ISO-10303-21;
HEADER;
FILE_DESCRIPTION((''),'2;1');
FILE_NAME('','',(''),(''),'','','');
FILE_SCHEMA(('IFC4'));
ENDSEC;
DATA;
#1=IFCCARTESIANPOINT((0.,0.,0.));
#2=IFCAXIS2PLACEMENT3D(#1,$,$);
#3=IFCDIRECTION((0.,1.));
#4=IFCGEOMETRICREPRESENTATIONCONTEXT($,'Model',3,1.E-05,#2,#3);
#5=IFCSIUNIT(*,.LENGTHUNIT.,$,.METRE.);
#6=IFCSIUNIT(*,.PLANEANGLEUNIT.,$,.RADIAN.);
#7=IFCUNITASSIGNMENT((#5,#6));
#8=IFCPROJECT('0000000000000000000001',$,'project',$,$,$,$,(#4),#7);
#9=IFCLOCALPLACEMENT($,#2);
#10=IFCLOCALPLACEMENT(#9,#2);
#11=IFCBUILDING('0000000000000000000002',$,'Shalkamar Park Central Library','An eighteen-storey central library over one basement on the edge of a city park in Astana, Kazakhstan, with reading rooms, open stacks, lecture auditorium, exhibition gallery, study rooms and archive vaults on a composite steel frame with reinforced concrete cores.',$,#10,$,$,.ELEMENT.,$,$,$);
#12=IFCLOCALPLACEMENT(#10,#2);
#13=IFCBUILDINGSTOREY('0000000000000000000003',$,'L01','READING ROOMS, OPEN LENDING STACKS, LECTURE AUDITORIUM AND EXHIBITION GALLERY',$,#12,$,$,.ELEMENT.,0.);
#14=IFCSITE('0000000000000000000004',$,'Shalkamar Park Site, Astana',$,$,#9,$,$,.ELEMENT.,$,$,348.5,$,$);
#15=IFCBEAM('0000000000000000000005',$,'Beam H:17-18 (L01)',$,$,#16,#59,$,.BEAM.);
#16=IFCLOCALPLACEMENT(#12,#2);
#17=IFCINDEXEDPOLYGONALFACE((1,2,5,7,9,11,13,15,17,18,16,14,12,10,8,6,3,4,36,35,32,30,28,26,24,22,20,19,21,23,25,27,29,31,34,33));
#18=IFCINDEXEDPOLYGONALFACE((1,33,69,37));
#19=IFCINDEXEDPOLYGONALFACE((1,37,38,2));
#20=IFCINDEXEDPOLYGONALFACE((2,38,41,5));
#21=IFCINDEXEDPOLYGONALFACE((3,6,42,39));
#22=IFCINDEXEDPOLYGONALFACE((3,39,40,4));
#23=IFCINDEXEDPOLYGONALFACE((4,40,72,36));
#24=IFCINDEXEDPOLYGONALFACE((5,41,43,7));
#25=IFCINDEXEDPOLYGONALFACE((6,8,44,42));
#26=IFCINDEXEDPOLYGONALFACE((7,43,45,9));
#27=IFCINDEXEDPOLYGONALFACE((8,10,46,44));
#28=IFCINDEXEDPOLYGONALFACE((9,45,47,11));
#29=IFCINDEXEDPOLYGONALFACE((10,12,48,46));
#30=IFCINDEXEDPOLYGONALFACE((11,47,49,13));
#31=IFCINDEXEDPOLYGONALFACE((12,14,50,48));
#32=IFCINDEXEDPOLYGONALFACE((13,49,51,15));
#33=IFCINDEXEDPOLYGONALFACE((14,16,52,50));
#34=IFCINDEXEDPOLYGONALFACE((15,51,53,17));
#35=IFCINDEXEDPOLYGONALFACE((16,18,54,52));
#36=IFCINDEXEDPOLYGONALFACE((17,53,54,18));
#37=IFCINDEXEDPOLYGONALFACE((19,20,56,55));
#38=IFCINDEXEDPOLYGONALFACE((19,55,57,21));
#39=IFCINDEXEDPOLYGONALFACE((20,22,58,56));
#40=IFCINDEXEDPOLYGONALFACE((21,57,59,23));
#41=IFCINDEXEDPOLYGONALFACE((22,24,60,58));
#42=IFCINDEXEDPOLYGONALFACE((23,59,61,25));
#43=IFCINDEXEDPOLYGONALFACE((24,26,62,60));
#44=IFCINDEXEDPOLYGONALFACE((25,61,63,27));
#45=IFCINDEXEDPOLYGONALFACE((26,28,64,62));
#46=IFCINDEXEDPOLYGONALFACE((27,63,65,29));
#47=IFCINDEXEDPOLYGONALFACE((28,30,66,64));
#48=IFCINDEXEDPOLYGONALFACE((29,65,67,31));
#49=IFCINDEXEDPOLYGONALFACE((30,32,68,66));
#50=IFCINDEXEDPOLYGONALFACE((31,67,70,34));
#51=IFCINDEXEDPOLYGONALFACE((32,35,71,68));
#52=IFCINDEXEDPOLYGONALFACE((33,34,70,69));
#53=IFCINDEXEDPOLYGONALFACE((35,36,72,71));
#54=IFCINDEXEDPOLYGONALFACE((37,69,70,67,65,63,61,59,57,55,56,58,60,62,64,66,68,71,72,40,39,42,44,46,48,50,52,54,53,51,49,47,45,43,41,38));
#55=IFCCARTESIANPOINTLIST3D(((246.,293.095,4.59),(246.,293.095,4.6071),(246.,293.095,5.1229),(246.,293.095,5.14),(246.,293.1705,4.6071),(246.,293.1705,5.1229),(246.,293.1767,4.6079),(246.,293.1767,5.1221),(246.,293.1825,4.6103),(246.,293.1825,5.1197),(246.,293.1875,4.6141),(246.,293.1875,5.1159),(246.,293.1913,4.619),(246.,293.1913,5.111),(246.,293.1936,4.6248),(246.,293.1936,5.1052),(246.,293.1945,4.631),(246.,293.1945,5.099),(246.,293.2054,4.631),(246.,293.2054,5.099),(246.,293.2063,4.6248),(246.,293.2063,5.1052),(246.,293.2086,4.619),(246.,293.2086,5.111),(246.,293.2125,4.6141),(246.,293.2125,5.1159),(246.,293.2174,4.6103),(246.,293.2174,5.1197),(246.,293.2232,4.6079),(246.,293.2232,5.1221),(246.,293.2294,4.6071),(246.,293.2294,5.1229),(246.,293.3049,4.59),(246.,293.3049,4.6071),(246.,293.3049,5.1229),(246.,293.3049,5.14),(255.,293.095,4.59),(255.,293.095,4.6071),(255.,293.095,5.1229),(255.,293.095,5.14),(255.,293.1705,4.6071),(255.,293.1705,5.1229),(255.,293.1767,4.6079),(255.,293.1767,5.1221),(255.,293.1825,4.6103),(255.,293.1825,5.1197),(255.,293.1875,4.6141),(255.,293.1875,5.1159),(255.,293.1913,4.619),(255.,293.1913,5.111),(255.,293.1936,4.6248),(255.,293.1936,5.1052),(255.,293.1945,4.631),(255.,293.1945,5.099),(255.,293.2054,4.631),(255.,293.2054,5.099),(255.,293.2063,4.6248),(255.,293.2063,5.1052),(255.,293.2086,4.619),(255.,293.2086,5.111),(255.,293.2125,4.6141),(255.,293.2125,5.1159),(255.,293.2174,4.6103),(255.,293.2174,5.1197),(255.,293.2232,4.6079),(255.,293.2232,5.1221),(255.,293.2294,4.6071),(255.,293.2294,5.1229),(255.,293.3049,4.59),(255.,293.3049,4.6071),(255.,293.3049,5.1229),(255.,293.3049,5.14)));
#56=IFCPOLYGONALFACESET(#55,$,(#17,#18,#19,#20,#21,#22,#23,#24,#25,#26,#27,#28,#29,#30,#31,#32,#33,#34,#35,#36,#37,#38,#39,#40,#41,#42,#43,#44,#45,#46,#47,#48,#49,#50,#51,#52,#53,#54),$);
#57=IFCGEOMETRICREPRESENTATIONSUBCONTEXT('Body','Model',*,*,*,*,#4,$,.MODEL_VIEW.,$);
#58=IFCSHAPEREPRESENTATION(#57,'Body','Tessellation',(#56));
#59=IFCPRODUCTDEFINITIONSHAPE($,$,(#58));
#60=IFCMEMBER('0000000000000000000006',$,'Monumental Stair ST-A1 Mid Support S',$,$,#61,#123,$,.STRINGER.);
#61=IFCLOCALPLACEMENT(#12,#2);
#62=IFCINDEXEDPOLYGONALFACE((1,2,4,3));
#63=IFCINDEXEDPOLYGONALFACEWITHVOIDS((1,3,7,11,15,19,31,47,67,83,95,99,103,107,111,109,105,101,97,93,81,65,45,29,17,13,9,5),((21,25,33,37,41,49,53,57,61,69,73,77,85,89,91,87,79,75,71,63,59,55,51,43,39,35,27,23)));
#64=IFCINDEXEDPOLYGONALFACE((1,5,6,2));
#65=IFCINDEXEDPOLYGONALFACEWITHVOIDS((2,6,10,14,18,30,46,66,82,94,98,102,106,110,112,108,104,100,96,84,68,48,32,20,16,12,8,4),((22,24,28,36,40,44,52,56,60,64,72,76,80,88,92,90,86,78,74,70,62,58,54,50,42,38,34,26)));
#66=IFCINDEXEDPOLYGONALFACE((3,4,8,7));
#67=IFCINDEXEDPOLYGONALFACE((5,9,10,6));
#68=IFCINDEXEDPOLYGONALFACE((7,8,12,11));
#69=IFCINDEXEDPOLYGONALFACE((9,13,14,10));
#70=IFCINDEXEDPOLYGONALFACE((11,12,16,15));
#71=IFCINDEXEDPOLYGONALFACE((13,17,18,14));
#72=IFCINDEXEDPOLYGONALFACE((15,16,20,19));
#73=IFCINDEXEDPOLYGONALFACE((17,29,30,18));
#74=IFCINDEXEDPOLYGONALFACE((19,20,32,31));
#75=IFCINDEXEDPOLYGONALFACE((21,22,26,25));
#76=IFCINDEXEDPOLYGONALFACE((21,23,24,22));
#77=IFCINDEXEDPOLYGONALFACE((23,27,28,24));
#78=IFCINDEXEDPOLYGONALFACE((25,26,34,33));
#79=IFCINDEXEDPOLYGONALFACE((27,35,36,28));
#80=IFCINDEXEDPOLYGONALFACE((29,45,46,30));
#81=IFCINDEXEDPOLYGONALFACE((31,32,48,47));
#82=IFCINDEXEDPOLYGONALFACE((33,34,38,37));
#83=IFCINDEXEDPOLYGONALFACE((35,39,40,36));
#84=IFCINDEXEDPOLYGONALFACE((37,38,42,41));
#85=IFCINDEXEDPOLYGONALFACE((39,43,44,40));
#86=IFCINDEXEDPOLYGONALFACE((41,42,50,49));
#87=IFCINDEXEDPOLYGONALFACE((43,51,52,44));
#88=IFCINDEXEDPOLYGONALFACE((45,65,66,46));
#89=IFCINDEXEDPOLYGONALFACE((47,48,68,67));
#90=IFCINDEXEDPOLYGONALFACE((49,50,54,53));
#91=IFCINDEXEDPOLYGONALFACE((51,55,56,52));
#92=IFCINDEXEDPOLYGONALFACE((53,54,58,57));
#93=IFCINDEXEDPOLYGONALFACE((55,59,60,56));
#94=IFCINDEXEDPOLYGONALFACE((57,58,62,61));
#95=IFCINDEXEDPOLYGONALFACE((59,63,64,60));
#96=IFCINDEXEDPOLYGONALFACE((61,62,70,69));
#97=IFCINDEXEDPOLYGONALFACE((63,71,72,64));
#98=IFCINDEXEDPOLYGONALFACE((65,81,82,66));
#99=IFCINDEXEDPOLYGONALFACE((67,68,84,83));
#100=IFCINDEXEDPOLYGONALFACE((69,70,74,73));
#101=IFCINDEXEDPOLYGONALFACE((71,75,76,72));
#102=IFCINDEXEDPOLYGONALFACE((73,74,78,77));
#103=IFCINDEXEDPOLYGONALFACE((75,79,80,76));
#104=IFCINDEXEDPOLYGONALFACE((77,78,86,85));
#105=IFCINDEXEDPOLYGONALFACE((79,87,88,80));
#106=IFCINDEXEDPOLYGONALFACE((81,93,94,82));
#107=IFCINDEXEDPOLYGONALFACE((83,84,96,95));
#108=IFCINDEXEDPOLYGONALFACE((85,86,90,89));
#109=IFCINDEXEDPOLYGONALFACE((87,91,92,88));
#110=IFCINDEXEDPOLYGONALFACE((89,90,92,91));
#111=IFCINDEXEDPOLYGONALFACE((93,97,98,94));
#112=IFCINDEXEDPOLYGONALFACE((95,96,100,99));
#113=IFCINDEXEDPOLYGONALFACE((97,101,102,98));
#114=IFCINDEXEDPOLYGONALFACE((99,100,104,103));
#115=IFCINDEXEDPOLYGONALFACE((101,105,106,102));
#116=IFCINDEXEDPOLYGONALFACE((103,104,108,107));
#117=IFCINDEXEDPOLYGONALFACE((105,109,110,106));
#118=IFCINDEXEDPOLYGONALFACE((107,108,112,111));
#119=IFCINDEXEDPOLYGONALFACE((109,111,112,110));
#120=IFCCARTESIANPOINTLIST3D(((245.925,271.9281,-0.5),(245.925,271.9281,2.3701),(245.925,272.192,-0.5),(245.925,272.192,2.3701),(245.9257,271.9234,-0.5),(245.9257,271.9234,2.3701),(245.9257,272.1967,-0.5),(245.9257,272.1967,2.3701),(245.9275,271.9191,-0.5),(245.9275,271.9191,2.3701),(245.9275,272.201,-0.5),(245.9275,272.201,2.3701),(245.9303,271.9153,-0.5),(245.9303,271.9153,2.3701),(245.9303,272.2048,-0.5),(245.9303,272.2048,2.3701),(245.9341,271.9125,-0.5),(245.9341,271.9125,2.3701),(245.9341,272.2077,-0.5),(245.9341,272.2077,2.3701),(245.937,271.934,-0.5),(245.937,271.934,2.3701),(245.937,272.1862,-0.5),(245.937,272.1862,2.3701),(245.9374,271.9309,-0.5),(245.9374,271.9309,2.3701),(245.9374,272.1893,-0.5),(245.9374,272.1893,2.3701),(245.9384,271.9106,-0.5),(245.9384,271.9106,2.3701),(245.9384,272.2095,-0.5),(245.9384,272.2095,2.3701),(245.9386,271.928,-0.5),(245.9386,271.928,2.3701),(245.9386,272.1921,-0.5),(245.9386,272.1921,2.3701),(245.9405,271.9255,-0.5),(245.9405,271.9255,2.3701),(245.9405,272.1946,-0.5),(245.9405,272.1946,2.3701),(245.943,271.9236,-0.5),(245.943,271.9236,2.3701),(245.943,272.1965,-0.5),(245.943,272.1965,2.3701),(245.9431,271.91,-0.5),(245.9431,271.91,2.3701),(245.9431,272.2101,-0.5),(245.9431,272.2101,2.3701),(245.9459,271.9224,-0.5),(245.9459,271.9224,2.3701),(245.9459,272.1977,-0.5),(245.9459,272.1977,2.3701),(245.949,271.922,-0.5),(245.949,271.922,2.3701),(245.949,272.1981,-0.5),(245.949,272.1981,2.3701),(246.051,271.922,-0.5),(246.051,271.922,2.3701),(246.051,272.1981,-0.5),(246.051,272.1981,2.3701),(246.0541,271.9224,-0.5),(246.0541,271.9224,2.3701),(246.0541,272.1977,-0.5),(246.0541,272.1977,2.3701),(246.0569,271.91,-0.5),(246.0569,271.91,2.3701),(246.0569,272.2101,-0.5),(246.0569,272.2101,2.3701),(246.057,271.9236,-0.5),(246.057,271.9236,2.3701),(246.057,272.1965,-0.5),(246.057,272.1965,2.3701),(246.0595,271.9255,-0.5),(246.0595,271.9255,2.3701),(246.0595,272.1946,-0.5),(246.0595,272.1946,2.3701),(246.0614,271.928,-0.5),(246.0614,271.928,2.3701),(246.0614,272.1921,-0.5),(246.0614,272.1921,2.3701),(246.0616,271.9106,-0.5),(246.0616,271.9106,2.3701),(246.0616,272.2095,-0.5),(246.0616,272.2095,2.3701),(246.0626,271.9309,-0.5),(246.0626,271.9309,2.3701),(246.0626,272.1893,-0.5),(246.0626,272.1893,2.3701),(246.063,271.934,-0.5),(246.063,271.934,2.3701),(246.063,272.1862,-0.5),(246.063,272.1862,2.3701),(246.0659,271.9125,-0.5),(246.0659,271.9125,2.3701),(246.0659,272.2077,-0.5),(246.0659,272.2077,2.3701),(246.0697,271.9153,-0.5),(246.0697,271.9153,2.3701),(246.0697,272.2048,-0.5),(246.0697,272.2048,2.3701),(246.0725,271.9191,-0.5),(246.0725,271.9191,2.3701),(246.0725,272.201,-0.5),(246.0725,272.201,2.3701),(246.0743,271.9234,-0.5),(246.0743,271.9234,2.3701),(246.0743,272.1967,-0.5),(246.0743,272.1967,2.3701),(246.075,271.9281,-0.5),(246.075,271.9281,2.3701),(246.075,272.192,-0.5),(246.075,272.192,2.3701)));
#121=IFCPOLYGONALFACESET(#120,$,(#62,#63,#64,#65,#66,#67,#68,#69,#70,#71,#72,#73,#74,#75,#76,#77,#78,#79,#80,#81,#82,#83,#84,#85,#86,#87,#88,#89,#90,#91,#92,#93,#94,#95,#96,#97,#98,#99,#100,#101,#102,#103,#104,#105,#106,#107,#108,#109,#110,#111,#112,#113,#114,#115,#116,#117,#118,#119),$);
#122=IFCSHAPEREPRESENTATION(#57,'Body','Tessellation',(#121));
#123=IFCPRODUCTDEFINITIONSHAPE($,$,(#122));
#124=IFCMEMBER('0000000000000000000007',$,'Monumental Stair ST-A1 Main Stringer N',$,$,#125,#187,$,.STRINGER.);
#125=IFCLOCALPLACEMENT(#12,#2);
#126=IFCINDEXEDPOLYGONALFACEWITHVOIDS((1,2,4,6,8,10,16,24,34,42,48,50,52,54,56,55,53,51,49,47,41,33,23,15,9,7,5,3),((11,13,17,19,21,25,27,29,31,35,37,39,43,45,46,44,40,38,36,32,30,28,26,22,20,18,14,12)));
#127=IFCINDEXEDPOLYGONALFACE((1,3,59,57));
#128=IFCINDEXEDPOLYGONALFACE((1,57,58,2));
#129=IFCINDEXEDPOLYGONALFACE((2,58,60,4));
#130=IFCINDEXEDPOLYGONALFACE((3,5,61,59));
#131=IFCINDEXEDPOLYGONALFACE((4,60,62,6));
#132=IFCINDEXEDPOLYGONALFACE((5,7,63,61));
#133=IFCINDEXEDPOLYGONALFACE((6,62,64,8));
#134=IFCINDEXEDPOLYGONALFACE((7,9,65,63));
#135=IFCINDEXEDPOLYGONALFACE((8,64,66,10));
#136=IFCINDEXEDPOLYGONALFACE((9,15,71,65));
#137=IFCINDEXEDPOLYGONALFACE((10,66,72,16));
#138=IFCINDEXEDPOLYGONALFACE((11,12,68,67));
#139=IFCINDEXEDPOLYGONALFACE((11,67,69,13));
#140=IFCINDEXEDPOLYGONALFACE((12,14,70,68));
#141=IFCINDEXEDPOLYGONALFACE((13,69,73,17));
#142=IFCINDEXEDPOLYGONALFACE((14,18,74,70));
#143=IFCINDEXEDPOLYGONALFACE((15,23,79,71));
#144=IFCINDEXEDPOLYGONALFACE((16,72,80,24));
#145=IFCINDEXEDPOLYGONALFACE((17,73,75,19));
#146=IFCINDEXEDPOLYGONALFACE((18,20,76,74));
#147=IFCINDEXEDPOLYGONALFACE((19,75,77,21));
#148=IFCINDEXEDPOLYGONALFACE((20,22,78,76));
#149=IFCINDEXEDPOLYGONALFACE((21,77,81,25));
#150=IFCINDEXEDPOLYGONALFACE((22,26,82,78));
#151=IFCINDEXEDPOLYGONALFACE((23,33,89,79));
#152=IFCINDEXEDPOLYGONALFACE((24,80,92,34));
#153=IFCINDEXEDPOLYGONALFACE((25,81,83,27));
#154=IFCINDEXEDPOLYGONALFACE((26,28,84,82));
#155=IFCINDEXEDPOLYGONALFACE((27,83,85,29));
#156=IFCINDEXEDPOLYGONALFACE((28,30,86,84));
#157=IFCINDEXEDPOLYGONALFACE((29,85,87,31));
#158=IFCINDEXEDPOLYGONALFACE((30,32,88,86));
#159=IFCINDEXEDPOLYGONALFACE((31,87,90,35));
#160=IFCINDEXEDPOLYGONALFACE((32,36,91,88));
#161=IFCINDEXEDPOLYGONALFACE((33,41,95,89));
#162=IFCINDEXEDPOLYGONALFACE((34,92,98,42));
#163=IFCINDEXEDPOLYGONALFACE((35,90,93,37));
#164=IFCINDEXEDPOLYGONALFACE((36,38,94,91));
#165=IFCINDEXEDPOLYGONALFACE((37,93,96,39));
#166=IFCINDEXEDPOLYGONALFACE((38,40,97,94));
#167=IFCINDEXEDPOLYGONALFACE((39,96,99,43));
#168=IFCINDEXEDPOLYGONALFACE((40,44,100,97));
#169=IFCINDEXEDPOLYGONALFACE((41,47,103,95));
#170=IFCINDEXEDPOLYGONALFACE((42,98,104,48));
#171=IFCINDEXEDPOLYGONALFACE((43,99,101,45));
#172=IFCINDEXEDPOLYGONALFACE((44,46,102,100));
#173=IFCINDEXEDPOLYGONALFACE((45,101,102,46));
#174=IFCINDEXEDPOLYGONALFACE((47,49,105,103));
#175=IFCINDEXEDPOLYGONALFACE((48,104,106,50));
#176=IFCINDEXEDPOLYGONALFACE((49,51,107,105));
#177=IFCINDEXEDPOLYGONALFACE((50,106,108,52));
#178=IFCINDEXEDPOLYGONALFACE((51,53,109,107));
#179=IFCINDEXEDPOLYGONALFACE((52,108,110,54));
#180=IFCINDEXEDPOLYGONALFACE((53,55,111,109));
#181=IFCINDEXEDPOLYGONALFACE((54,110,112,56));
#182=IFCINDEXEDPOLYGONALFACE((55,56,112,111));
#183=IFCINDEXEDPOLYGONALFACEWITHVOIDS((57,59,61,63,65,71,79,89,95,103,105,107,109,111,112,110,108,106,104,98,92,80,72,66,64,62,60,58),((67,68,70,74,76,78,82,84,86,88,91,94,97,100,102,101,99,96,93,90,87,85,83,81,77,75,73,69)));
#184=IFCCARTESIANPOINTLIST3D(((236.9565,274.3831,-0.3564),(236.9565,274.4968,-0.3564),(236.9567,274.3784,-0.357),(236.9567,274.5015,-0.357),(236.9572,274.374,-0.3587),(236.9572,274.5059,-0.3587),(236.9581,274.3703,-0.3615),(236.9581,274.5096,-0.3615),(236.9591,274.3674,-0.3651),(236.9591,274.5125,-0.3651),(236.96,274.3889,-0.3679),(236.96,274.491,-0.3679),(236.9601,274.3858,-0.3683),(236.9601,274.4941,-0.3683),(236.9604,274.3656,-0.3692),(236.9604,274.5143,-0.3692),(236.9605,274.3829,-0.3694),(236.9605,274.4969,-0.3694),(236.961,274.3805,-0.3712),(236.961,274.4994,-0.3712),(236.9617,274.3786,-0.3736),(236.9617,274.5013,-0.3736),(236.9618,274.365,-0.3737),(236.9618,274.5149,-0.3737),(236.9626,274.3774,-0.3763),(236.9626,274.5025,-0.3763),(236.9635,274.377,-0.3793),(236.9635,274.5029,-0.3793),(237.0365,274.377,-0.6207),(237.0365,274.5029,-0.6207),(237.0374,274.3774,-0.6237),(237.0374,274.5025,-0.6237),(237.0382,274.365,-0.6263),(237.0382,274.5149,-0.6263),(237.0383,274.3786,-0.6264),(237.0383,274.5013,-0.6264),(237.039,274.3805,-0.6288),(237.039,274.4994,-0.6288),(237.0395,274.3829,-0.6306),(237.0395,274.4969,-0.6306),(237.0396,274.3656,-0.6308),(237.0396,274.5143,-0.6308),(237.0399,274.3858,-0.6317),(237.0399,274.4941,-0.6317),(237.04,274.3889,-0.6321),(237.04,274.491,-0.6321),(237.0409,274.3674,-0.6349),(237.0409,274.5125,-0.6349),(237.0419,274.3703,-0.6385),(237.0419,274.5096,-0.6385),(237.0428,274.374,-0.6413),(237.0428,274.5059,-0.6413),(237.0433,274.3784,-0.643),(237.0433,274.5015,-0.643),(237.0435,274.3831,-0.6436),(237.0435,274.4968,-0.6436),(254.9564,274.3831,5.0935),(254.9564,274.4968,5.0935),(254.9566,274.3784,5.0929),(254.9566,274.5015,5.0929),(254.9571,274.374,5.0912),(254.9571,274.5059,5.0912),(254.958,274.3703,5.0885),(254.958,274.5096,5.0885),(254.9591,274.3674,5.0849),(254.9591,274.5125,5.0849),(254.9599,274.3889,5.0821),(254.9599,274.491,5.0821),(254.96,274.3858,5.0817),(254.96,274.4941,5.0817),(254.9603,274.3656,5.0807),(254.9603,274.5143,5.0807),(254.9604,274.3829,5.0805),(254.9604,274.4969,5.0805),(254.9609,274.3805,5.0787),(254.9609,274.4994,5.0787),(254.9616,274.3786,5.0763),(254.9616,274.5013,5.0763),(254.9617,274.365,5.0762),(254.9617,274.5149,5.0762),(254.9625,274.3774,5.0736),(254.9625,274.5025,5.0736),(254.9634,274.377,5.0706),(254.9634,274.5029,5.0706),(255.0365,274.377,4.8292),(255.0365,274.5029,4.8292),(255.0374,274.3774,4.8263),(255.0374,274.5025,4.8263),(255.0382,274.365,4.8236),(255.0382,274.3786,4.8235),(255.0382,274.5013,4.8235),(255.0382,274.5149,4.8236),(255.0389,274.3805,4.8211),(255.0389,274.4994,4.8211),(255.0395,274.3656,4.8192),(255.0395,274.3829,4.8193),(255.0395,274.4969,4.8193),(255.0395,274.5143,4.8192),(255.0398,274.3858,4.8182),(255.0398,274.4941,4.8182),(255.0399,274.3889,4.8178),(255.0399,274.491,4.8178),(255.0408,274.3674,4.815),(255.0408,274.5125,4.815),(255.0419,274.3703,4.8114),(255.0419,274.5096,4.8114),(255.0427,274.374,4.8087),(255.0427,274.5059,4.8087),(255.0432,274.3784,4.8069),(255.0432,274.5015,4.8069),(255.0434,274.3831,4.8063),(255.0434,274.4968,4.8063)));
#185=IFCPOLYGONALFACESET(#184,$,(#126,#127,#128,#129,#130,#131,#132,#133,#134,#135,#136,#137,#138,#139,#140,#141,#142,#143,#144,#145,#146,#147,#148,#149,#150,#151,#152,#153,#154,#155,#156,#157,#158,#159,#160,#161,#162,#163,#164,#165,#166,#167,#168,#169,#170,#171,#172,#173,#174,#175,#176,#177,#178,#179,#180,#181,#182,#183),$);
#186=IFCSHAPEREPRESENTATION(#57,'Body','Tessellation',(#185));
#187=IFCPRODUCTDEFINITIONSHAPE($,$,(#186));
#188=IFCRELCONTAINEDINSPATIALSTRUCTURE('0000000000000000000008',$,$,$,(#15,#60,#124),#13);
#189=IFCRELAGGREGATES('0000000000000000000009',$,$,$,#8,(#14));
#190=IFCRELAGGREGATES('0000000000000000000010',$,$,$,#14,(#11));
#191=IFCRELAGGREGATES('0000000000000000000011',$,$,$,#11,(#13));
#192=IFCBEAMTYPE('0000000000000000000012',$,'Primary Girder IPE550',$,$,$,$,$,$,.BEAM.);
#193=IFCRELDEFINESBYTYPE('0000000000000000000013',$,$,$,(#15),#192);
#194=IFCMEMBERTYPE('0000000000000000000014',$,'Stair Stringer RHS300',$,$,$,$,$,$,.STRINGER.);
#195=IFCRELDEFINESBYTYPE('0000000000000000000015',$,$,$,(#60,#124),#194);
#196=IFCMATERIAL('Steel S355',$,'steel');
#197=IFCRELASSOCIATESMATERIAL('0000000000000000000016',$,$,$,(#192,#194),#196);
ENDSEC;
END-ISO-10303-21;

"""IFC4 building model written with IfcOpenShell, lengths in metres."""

from ifc_helpers import new_model, si_unit, direction, frame, origin, origin_2d, place, context, subcontext, project, spatial, hollow_rectangle, i_section, extrude, material, material_profile, profile_set, type_object, element, save


model = new_model("IFC4")

# Units and contexts
model_context = context("Model", 3, precision=1e-05, world=origin(), true_north=direction((0.0, 1.0)))
body_context = subcontext(model_context, "Body", "Model", "MODEL_VIEW")
ifc_project = project(units=[si_unit("LENGTHUNIT", "METRE"), si_unit("PLANEANGLEUNIT", "RADIAN")], contexts=[model_context])

# Site, building, storey
site_placement = place(None, origin())
site = spatial("IfcSite", under=ifc_project, at=site_placement, Name="Shalkamar Park Site, Astana", CompositionType="ELEMENT", RefElevation=348.5)
building_placement = place(site_placement, origin())
building = spatial("IfcBuilding", under=site, at=building_placement, Name="Shalkamar Park Central Library", Description="An eighteen-storey central library over one basement on the edge of a city park in Astana, Kazakhstan, with reading rooms, open stacks, lecture auditorium, exhibition gallery, study rooms and archive vaults on a composite steel frame with reinforced concrete cores.", CompositionType="ELEMENT")
storey_placement = place(building_placement, origin())
storey = spatial("IfcBuildingStorey", under=building, at=storey_placement, Name="L01", Description="READING ROOMS, OPEN LENDING STACKS, LECTURE AUDITORIUM AND EXHIBITION GALLERY", CompositionType="ELEMENT", Elevation=0.0)

# Shared definitions
ifc_material_1 = material(Name="Steel S355", Category="steel")

# Beam
ifc_material_profile_1 = material_profile(ifc_material_1, i_section(OverallWidth=0.21, OverallDepth=0.55, WebThickness=0.011, FlangeThickness=0.0171, FilletRadius=0.0239, at=origin_2d()), Name="IPE 550")
ifc_profile_set_1 = profile_set([ifc_material_profile_1], Name="Steel S355")
beam_type_1 = type_object("IfcBeamType", Name="Primary Girder IPE550", PredefinedType="BEAM", material=ifc_profile_set_1)
for number, where, z_axis, x_axis, name in (
    (1, (246.0, 293.2, 4.865), (1.0, 0.0, 0.0), (0.0, 1.0, 0.0), "Beam H:17-18 (L01)"),
):
    element("IfcBeam", number, at=place(storey_placement, frame(where, z_axis=z_axis, x_axis=x_axis)), inside=storey, type_object=beam_type_1, Name=name, PredefinedType="BEAM", context=body_context, shape_type="SweptSolid", body=[
        extrude(i_section(OverallWidth=0.21, OverallDepth=0.55, WebThickness=0.011, FlangeThickness=0.0171, FilletRadius=0.0239, at=origin_2d()), origin(), (0.0, 0.0, 1.0), 9.0),
    ])

# Members
ifc_material_profile_2 = material_profile(ifc_material_1, hollow_rectangle(XDim=0.1499, YDim=0.3, WallThickness=0.012, InnerFilletRadius=0.012, OuterFilletRadius=0.0181, at=origin_2d()), Name="RHS 300x150x12")
ifc_profile_set_2 = profile_set([ifc_material_profile_2], Name="Steel S355")
member_type = type_object("IfcMemberType", Name="Stair Stringer RHS300", PredefinedType="STRINGER", material=ifc_profile_set_2)
member_1_placement = place(storey_placement, frame((246.0, 272.0601, -0.5), z_axis=(0.0, 0.0, 1.0), x_axis=(1.0, 0.0, 0.0)))
element("IfcMember", 2, at=member_1_placement, inside=storey, type_object=member_type, Name="Monumental Stair ST-A1 Mid Support S", PredefinedType="STRINGER", context=body_context, shape_type="SweptSolid", body=[
    extrude(hollow_rectangle(XDim=0.1499, YDim=0.3, WallThickness=0.012, InnerFilletRadius=0.012, OuterFilletRadius=0.0181, at=origin_2d()), origin(), (0.0, 0.0, 1.0), 2.8701),
])
member_2_placement = place(storey_placement, frame((237.0, 274.4399, -0.5), z_axis=(0.957092, 0.0, 0.289784), x_axis=(0.0, 1.0, 0.0)))
element("IfcMember", 3, at=member_2_placement, inside=storey, type_object=member_type, Name="Monumental Stair ST-A1 Main Stringer N", PredefinedType="STRINGER", context=body_context, shape_type="SweptSolid", body=[
    extrude(hollow_rectangle(XDim=0.1499, YDim=0.3, WallThickness=0.012, InnerFilletRadius=0.012, OuterFilletRadius=0.0181, at=origin_2d()), origin(), (0.0, 0.0, 1.0), 18.8069),
])

save(model, "model.ifc")
